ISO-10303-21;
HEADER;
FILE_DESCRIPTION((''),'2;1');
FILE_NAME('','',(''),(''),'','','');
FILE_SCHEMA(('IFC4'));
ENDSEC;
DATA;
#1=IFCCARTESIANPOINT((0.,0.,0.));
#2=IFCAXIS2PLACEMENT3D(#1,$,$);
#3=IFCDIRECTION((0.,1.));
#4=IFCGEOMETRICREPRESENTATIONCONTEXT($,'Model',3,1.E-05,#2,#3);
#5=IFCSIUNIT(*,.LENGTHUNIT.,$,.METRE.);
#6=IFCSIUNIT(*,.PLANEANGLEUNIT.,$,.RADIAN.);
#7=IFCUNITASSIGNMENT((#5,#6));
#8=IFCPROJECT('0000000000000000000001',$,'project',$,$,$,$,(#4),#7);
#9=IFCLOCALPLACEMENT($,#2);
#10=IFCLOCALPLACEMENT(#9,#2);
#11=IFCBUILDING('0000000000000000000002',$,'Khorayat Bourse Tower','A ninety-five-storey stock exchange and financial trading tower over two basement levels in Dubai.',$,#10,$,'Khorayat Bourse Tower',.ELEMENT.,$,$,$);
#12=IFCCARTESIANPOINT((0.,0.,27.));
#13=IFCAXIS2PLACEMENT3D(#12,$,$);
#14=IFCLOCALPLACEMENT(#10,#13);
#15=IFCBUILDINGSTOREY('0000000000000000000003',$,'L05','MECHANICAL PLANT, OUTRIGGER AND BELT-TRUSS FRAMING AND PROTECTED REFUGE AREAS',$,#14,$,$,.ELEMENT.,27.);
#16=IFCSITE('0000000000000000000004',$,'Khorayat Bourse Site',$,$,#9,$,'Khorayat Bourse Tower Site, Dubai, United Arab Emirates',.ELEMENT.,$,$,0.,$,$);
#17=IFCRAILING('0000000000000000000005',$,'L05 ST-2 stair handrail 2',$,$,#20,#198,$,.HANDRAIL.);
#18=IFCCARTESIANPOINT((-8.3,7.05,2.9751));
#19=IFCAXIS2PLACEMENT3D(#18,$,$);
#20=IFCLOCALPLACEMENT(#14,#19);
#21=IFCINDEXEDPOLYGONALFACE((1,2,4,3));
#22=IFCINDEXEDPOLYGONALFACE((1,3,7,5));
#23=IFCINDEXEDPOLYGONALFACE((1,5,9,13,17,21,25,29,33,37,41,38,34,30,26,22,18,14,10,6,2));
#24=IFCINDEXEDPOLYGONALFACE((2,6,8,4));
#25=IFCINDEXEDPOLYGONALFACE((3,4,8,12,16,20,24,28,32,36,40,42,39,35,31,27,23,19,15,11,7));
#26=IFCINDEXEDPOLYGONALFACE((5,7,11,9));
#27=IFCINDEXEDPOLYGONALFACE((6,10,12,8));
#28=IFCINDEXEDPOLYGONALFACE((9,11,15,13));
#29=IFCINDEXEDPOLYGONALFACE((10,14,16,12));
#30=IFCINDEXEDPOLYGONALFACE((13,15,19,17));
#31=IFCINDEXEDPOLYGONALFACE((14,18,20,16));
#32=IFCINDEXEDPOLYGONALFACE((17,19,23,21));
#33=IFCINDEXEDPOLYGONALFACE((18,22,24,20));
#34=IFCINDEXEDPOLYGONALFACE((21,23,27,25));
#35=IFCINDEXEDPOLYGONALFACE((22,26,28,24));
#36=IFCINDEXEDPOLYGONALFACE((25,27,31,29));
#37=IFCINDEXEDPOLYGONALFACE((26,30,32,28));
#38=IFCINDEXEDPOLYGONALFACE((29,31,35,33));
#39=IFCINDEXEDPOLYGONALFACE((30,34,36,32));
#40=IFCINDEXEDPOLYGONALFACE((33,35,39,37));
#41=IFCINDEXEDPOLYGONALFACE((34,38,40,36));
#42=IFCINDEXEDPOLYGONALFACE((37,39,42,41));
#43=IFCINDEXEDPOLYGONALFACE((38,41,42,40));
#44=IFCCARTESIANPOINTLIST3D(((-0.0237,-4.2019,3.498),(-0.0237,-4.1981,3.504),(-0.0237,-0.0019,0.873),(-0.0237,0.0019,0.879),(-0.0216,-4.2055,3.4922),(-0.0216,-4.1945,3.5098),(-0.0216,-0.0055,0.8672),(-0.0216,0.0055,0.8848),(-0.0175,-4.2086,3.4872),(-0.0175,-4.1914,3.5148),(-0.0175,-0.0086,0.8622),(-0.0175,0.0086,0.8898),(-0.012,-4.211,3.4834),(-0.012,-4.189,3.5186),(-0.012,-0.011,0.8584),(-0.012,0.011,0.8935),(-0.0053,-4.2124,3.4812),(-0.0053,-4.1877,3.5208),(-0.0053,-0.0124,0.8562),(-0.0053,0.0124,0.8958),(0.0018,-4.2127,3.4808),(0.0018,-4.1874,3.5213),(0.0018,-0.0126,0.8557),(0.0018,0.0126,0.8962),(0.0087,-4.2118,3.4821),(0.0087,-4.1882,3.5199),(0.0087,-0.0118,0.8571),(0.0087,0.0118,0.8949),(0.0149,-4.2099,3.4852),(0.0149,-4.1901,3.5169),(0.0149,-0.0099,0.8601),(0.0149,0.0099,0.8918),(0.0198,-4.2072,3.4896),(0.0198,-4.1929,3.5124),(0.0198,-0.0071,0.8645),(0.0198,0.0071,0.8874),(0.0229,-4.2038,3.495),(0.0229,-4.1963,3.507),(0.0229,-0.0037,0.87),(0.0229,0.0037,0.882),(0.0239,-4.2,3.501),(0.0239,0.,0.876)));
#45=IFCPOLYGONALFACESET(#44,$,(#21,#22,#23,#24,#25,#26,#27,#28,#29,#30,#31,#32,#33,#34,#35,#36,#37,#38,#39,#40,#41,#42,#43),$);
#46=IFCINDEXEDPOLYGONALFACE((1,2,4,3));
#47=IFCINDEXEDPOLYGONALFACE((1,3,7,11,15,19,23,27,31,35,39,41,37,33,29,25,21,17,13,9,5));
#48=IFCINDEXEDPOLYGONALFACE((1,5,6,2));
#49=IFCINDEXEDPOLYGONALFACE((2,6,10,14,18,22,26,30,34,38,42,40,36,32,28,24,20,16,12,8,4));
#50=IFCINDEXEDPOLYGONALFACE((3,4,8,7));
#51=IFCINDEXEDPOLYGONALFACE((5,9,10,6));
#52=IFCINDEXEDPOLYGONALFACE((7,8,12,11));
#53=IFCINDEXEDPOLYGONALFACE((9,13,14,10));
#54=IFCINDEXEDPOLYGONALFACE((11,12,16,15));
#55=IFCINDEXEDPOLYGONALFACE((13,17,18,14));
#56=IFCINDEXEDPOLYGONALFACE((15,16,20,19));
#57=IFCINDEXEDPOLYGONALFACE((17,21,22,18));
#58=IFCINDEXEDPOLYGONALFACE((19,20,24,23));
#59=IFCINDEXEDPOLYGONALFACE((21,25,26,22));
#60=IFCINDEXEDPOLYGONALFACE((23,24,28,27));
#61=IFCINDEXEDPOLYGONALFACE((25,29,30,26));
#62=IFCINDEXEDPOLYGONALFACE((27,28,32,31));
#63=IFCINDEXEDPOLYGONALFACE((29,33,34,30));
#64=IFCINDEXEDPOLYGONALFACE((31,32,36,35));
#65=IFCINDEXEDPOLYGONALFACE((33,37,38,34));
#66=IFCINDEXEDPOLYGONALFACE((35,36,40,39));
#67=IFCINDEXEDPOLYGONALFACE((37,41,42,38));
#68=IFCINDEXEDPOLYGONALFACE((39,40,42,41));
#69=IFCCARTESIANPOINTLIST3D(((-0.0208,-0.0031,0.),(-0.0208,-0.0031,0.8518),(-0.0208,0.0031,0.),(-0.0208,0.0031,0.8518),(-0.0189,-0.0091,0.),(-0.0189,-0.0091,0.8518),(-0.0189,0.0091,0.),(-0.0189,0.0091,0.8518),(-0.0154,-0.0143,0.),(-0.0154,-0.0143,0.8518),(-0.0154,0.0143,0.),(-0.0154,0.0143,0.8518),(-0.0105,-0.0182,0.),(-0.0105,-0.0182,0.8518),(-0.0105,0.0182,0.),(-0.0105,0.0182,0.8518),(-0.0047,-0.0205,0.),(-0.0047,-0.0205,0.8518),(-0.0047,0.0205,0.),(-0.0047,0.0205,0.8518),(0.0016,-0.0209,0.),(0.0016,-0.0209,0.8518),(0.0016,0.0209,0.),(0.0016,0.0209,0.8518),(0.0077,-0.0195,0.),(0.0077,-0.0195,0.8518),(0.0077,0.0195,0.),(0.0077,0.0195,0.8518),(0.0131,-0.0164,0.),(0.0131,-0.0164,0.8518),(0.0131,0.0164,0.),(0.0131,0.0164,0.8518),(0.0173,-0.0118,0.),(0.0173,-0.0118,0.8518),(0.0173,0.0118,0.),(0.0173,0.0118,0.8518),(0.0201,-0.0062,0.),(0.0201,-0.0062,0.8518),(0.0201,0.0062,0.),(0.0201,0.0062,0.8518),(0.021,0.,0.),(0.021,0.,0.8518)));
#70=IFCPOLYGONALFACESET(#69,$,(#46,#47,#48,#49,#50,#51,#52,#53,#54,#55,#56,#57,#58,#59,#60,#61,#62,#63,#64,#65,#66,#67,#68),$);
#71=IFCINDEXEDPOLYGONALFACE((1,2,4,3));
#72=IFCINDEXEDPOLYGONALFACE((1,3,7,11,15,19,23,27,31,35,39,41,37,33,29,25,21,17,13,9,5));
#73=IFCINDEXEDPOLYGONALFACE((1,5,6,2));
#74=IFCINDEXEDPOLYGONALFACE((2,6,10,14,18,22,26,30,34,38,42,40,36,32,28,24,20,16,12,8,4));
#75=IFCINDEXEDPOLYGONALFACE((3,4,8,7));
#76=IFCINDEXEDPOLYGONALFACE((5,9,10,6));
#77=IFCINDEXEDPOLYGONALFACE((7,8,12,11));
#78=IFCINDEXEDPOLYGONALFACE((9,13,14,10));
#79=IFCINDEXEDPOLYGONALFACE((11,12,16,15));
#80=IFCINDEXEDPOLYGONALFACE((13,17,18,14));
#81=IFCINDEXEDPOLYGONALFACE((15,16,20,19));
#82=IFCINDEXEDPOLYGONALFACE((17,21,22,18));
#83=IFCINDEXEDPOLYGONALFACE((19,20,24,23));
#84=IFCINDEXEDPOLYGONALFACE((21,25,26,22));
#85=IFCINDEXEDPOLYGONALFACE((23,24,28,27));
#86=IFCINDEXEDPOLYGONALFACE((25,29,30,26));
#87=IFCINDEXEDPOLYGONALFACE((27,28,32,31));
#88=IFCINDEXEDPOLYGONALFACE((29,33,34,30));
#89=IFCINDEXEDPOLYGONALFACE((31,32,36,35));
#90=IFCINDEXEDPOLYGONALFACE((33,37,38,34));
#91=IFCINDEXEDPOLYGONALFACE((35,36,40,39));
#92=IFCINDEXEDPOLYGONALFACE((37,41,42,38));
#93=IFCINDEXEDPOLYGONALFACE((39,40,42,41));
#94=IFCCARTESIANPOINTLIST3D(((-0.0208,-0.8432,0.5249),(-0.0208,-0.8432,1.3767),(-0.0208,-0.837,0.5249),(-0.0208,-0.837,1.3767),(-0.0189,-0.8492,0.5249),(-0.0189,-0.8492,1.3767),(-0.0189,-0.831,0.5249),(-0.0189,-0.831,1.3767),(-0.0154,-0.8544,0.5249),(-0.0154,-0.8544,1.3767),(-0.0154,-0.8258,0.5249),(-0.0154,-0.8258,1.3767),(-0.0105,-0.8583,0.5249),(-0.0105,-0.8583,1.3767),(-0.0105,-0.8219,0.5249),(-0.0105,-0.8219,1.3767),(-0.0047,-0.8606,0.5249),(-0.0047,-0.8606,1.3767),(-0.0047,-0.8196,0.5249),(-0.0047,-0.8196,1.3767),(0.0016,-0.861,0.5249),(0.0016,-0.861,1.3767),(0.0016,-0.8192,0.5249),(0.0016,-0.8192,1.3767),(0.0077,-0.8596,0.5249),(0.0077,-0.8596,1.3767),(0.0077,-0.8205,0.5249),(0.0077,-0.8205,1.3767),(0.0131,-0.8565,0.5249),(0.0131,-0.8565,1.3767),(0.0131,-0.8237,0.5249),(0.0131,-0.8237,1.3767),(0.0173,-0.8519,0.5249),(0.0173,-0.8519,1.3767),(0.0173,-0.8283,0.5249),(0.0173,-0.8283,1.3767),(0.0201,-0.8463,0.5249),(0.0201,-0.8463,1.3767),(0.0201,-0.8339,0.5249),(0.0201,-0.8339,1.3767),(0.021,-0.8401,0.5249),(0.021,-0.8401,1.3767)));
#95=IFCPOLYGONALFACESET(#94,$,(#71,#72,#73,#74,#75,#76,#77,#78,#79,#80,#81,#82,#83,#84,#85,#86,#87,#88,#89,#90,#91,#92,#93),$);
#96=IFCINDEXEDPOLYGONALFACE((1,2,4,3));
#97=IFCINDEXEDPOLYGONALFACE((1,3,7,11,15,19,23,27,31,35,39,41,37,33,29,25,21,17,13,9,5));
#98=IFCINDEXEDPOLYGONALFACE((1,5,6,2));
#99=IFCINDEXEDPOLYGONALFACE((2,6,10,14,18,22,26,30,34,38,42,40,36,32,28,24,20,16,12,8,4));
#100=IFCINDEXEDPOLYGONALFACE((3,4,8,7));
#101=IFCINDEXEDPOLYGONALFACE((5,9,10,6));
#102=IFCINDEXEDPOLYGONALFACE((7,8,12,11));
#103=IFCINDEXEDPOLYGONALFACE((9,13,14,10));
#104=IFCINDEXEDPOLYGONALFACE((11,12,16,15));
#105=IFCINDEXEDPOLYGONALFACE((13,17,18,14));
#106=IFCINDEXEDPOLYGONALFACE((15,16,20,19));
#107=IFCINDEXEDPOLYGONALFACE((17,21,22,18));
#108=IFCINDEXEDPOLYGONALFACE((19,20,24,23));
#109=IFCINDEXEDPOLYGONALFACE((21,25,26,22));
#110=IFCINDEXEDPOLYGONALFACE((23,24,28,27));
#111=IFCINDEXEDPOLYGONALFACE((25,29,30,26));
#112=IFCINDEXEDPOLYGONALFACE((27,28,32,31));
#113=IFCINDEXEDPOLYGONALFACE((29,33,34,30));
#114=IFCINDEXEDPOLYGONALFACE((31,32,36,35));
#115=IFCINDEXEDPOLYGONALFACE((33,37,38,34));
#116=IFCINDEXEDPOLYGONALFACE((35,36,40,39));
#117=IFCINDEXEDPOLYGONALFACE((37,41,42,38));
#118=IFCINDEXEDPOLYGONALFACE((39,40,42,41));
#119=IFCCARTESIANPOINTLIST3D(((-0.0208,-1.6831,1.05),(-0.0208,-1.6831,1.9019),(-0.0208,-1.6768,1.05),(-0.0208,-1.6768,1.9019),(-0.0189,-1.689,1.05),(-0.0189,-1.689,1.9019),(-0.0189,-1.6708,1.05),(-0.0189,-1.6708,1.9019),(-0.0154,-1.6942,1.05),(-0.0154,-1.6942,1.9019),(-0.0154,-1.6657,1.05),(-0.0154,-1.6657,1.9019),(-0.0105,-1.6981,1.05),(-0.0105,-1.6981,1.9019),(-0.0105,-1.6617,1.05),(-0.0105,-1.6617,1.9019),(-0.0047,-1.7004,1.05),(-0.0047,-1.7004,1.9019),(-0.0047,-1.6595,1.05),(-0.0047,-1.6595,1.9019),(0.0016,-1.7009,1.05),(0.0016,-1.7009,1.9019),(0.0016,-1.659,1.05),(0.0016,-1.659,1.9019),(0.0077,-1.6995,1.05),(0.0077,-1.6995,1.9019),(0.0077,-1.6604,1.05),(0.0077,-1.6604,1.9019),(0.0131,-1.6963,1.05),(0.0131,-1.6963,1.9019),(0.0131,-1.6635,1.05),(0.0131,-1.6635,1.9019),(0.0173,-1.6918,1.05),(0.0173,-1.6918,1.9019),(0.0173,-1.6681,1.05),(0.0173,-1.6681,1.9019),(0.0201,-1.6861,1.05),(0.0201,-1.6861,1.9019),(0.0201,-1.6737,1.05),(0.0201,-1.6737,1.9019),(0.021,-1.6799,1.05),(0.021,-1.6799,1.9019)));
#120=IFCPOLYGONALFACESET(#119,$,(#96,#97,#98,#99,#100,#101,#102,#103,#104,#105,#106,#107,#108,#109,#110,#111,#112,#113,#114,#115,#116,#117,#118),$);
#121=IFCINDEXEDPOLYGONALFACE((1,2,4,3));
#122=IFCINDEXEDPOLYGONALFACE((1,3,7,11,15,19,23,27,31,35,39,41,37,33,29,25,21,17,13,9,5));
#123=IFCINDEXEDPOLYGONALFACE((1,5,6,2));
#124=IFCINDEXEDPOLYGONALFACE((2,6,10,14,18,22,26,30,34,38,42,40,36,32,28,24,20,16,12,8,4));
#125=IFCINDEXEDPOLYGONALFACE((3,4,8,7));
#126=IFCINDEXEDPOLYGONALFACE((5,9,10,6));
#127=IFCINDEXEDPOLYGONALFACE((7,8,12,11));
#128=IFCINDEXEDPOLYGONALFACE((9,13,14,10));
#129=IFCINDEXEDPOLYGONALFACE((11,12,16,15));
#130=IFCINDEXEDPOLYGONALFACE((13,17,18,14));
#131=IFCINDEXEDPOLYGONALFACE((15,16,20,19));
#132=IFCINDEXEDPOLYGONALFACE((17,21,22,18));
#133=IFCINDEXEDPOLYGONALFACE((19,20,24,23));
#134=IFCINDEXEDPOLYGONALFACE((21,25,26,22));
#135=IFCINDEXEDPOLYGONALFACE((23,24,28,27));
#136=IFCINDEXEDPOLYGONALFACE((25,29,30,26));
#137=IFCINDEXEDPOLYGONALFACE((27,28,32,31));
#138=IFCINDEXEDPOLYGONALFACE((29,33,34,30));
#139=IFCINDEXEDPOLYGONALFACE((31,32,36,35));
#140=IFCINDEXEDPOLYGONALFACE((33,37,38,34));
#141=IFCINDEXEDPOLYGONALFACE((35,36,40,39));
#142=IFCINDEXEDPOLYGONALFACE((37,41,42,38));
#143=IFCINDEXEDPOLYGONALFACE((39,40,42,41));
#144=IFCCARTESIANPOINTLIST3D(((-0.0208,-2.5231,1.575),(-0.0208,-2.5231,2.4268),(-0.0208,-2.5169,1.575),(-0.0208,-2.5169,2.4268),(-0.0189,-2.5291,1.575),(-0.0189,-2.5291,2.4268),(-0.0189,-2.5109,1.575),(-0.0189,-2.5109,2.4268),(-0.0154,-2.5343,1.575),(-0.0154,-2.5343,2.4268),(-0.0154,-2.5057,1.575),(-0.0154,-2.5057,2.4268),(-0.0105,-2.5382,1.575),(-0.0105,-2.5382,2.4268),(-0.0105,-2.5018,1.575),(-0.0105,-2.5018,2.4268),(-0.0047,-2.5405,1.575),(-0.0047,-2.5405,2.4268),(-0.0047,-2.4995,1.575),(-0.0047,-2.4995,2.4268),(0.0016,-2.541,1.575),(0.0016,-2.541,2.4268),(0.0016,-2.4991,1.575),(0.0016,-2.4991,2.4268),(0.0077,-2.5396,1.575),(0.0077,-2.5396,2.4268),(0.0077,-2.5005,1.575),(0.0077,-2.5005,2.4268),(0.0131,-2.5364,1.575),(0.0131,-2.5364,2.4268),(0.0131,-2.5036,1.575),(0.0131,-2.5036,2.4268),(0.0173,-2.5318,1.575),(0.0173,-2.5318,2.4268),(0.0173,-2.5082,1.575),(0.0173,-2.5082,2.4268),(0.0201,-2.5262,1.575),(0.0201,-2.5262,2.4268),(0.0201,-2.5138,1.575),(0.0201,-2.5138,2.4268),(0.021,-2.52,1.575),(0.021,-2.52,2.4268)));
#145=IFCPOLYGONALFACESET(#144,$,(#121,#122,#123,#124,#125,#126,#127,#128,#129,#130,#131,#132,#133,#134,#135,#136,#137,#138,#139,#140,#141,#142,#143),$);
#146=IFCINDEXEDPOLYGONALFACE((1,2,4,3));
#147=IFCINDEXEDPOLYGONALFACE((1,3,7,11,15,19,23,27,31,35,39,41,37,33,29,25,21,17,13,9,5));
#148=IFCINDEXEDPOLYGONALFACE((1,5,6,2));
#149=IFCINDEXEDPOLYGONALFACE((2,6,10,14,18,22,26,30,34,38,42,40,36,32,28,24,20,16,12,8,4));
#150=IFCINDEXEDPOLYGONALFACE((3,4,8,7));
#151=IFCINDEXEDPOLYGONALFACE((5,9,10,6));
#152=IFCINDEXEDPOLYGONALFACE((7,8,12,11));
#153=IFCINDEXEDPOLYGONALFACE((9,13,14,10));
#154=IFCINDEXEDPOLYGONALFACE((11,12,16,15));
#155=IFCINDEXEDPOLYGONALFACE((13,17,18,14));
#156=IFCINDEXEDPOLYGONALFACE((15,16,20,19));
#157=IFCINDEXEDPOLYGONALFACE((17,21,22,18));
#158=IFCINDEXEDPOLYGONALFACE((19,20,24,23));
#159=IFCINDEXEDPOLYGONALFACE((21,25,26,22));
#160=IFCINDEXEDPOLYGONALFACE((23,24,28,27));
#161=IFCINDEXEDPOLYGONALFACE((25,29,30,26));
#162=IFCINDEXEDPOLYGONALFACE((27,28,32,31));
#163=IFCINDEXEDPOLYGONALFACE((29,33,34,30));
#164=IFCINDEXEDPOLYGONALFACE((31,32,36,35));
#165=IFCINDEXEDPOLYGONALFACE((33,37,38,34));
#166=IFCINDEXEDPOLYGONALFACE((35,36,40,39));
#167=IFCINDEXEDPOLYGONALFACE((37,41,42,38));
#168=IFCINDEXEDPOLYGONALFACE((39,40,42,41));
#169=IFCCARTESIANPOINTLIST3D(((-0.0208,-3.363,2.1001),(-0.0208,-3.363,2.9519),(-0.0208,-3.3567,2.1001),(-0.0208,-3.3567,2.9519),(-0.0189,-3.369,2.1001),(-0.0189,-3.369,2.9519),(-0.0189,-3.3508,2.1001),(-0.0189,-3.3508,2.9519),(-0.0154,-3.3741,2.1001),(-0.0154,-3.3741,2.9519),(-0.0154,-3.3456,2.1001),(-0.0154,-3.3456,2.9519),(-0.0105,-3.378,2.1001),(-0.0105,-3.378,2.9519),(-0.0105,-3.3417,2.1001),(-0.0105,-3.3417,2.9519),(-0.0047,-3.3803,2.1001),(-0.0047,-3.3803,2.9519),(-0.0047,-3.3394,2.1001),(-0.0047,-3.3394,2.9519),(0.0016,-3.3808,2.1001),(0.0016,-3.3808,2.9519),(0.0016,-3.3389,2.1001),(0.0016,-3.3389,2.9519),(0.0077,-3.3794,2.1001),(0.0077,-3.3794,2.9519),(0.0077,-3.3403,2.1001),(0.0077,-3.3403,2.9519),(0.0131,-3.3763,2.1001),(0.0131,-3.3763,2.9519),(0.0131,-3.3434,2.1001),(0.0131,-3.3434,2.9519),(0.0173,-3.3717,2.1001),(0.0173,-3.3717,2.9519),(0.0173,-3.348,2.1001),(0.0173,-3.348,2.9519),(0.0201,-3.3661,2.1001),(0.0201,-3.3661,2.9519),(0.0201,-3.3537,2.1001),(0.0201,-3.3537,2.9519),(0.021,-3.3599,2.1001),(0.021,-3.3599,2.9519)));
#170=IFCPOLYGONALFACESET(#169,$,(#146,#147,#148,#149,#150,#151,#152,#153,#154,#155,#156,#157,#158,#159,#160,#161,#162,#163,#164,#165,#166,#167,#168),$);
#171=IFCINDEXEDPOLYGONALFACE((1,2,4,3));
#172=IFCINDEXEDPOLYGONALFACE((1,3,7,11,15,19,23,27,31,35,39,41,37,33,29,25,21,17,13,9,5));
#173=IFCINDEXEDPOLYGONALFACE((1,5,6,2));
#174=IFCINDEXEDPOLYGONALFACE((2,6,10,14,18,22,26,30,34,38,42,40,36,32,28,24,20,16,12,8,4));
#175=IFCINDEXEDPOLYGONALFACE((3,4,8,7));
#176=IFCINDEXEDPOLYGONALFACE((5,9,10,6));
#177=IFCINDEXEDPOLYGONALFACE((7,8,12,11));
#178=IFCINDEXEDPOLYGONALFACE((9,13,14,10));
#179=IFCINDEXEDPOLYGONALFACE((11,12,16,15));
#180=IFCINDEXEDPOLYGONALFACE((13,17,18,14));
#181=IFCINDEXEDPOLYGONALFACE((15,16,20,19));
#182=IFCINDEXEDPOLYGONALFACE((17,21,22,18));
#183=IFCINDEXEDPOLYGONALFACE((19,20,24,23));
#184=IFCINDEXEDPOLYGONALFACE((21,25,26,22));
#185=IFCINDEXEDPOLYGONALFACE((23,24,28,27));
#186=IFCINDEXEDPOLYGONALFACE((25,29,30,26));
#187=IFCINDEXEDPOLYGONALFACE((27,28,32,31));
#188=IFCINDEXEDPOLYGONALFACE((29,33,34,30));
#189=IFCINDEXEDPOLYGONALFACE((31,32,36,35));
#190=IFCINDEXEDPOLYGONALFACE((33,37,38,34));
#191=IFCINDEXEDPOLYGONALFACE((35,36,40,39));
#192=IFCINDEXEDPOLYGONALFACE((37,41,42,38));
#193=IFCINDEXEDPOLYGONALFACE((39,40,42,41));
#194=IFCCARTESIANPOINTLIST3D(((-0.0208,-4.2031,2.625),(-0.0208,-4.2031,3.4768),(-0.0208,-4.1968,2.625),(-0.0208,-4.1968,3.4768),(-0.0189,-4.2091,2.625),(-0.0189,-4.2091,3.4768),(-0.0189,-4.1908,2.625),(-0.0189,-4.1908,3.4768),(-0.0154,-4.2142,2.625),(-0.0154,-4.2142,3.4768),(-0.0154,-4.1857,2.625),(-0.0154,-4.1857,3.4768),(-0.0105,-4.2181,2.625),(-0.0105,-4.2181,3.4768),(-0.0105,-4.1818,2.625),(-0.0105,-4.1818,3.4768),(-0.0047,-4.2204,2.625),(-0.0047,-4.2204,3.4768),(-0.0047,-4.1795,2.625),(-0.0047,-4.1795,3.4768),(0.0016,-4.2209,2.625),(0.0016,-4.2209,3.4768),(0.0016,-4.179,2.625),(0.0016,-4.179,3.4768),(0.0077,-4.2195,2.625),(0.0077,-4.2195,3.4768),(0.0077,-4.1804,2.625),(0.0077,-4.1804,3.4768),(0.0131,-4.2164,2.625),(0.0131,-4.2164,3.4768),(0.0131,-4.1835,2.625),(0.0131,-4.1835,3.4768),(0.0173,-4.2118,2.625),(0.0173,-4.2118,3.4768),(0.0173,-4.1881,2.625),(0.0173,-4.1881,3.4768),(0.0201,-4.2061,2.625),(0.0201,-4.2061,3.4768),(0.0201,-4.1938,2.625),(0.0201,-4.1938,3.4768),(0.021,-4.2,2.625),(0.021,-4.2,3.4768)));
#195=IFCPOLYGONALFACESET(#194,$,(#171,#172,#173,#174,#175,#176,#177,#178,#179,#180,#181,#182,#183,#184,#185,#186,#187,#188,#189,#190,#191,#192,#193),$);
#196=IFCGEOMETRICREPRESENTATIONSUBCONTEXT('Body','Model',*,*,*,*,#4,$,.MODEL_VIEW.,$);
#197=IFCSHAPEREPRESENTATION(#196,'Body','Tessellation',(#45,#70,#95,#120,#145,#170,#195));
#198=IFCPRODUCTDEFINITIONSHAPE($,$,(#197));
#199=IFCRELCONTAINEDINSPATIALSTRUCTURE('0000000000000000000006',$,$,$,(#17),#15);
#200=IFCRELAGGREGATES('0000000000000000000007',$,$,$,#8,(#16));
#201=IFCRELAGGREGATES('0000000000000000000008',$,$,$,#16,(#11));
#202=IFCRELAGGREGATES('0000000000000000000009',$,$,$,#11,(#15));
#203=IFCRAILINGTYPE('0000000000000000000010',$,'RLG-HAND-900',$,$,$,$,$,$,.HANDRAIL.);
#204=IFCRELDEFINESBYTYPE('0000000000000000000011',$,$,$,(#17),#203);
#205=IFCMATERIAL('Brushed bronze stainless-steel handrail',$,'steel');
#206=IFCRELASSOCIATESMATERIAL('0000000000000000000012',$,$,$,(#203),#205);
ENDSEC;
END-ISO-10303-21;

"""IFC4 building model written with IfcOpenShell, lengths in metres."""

from ifc_helpers import new_model, si_unit, direction, frame, origin, origin_2d, place, context, subcontext, project, spatial, circle, extrude, source, transform, mapped, material, type_object, element, save


model = new_model("IFC4")

# Units and contexts
model_context = context("Model", 3, precision=1e-05, world=origin(), true_north=direction((0.0, 1.0)))
body_context = subcontext(model_context, "Body", "Model", "MODEL_VIEW")
ifc_project = project(units=[si_unit("LENGTHUNIT", "METRE"), si_unit("PLANEANGLEUNIT", "RADIAN")], contexts=[model_context])

# Site, building, storey
site_placement = place(None, origin())
site = spatial("IfcSite", under=ifc_project, at=site_placement, Name="Khorayat Bourse Site", LongName="Khorayat Bourse Tower Site, Dubai, United Arab Emirates", CompositionType="ELEMENT", RefElevation=0.0)
building_placement = place(site_placement, origin())
building = spatial("IfcBuilding", under=site, at=building_placement, Name="Khorayat Bourse Tower", Description="A ninety-five-storey stock exchange and financial trading tower over two basement levels in Dubai.", LongName="Khorayat Bourse Tower", CompositionType="ELEMENT")
storey_placement = place(building_placement, frame((0.0, 0.0, 27.0)))
storey = spatial("IfcBuildingStorey", under=building, at=storey_placement, Name="L05", Description="MECHANICAL PLANT, OUTRIGGER AND BELT-TRUSS FRAMING AND PROTECTED REFUGE AREAS", CompositionType="ELEMENT", Elevation=27.0)

# Railing
ifc_material_1 = material(Name="Brushed bronze stainless-steel handrail", Category="steel")
railing_type_1 = type_object("IfcRailingType", Name="RLG-HAND-900", PredefinedType="HANDRAIL", material=ifc_material_1)
shared_shape_1 = source(origin(), body_context, "Body", "SweptSolid", [
    extrude(circle(Radius=0.0239, at=origin_2d()), frame((0.0, 0.0, 0.876), z_axis=(0.0, -0.847996, 0.530003), x_axis=(1.0, 0.0, 0.0)), (0.0, 0.0, 1.0), 4.9529),
    extrude(circle(Radius=0.021, at=origin_2d()), origin(), (0.0, 0.0, 1.0), 0.8518),
    extrude(circle(Radius=0.021, at=origin_2d()), frame((0.0, -0.8401, 0.5249)), (0.0, 0.0, 1.0), 0.8518),
    extrude(circle(Radius=0.021, at=origin_2d()), frame((0.0, -1.6799, 1.05)), (0.0, 0.0, 1.0), 0.8518),
    extrude(circle(Radius=0.021, at=origin_2d()), frame((0.0, -2.52, 1.575)), (0.0, 0.0, 1.0), 0.8518),
    extrude(circle(Radius=0.021, at=origin_2d()), frame((0.0, -3.3599, 2.1001)), (0.0, 0.0, 1.0), 0.8518),
    extrude(circle(Radius=0.021, at=origin_2d()), frame((0.0, -4.2, 2.625)), (0.0, 0.0, 1.0), 0.8518),
])
for number, where, name in (
    (1, (-8.3, 7.05, 2.9751), "L05 ST-2 stair handrail 2"),
):
    element("IfcRailing", number, at=place(storey_placement, frame(where)), inside=storey, type_object=railing_type_1, Name=name, PredefinedType="HANDRAIL", context=body_context, shape_type="MappedRepresentation", body=[
        mapped(shared_shape_1, transform((0.0, 0.0, 0.0), scale=1.0)),
    ])

save(model, "model.ifc")
